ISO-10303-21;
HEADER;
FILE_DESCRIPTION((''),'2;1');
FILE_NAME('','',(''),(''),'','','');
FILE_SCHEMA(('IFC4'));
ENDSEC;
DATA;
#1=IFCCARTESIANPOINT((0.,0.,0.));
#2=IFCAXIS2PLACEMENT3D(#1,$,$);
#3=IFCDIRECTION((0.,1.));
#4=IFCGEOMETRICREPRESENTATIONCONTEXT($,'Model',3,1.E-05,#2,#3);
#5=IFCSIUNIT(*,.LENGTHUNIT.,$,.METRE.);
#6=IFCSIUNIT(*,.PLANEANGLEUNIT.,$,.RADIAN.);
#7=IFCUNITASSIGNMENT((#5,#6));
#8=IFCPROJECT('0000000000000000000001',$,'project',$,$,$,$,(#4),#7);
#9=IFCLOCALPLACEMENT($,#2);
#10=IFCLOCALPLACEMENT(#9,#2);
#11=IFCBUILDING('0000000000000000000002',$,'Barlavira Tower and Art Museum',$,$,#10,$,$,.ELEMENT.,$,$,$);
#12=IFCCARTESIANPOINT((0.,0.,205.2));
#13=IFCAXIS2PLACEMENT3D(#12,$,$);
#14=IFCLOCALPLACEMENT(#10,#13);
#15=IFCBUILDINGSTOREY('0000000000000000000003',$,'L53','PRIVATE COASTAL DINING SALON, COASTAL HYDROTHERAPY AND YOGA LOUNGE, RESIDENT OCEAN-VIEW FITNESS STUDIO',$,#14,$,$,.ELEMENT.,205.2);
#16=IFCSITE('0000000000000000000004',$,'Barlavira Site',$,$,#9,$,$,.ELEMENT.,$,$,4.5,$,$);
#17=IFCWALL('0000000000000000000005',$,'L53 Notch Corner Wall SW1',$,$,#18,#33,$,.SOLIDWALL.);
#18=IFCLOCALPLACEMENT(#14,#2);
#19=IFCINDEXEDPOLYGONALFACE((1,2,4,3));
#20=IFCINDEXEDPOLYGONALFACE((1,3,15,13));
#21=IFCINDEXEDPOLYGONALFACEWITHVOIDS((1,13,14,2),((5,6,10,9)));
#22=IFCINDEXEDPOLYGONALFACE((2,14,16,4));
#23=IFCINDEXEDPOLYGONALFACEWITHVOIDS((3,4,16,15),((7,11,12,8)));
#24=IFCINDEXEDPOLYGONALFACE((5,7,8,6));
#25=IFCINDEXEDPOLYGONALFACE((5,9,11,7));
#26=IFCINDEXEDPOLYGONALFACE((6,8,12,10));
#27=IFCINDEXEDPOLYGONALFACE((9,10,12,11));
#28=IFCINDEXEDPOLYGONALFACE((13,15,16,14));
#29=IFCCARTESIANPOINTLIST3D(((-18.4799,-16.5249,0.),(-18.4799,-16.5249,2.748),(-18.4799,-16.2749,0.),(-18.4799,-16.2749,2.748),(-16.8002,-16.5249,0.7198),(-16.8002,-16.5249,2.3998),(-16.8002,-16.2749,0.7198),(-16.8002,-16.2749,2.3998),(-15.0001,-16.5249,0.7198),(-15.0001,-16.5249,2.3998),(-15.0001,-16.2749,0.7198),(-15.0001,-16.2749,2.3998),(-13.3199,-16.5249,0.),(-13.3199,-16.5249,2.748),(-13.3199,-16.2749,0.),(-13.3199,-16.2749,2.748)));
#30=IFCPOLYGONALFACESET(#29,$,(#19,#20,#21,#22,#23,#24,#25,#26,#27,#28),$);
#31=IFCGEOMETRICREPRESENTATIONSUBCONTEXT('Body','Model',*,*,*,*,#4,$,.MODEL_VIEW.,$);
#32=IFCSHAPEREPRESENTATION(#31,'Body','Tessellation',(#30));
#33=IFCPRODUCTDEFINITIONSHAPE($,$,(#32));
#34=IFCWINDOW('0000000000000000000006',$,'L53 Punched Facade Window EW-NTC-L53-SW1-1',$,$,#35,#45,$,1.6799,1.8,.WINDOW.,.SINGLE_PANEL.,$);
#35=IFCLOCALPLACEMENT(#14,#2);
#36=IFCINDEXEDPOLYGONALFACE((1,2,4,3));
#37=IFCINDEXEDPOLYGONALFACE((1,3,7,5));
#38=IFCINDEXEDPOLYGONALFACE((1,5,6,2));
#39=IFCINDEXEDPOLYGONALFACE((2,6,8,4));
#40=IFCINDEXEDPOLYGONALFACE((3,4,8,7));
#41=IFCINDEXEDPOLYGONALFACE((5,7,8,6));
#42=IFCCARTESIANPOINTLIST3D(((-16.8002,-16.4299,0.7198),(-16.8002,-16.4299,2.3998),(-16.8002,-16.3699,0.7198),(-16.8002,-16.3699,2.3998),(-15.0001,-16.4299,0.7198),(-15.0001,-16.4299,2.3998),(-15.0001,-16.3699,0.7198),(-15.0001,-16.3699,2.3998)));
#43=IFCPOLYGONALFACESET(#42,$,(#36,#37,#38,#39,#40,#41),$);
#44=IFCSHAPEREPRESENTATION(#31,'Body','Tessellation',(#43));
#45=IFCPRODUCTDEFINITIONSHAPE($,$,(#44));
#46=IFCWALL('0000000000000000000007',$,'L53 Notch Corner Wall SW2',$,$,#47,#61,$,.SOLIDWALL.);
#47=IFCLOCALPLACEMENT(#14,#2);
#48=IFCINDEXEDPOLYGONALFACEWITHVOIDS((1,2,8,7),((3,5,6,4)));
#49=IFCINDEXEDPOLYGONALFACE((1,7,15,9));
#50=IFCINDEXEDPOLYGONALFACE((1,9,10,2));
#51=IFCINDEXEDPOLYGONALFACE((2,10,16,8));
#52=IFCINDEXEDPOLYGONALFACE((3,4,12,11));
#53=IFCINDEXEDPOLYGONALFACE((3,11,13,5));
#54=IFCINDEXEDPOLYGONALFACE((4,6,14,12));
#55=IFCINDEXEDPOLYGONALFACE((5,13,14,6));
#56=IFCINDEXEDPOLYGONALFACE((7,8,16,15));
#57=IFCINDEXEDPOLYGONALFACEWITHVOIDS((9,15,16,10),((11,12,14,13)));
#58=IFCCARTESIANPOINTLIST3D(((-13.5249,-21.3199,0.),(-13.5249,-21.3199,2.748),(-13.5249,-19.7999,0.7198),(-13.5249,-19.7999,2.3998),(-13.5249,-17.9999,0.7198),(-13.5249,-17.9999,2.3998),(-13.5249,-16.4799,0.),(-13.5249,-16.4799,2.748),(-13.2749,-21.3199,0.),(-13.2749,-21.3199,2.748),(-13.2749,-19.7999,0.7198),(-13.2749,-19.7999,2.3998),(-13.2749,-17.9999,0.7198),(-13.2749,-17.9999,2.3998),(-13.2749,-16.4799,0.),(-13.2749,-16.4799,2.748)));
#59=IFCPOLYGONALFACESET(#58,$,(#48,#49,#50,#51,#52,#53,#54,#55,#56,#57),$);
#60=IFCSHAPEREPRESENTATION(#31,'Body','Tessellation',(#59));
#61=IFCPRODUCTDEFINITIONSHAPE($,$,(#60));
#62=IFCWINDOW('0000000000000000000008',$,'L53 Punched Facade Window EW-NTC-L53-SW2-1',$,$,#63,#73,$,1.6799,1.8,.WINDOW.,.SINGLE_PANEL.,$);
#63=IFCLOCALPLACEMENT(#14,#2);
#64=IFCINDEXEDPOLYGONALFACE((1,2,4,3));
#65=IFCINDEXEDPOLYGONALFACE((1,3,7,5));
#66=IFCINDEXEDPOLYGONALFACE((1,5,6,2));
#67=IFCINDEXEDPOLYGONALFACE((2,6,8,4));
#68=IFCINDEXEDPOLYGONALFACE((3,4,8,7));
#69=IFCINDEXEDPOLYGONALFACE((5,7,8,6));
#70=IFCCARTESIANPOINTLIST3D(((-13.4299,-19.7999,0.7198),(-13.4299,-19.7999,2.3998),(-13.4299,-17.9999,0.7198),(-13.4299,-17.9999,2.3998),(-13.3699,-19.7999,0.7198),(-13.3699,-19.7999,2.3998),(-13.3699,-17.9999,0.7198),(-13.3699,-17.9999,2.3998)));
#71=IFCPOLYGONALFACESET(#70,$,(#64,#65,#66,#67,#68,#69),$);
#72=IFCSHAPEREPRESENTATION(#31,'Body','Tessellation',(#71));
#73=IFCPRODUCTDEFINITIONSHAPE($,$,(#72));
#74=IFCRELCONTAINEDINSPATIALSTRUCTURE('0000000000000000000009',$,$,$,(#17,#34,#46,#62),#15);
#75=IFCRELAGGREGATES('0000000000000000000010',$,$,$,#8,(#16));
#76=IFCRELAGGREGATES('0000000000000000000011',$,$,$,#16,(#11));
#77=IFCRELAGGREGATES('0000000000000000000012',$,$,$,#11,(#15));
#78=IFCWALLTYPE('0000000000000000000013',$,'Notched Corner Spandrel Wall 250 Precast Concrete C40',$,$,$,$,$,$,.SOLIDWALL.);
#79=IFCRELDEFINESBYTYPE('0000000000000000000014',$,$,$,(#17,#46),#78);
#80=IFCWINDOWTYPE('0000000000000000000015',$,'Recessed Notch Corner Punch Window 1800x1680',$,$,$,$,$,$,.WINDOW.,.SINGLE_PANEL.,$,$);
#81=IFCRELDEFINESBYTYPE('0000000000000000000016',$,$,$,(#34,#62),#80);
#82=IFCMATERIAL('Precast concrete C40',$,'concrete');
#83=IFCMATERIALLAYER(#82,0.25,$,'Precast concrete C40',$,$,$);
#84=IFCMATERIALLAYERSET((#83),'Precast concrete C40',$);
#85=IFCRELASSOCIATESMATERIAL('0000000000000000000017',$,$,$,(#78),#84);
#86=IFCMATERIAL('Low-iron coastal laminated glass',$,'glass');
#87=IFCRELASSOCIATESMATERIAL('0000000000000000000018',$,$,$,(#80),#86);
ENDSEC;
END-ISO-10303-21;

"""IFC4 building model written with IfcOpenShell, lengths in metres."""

from ifc_helpers import new_model, si_unit, direction, frame, frame_2d, origin, place, context, subcontext, project, spatial, rectangle, extrude, material, layer, layer_set, type_object, element, fill, save


model = new_model("IFC4")

# Units and contexts
model_context = context("Model", 3, precision=1e-05, world=origin(), true_north=direction((0.0, 1.0)))
body_context = subcontext(model_context, "Body", "Model", "MODEL_VIEW")
ifc_project = project(units=[si_unit("LENGTHUNIT", "METRE"), si_unit("PLANEANGLEUNIT", "RADIAN")], contexts=[model_context])

# Site, building, storey
site_placement = place(None, origin())
site = spatial("IfcSite", under=ifc_project, at=site_placement, Name="Barlavira Site", CompositionType="ELEMENT", RefElevation=4.5)
building_placement = place(site_placement, origin())
building = spatial("IfcBuilding", under=site, at=building_placement, Name="Barlavira Tower and Art Museum", CompositionType="ELEMENT")
storey_placement = place(building_placement, frame((0.0, 0.0, 205.2)))
storey = spatial("IfcBuildingStorey", under=building, at=storey_placement, Name="L53", Description="PRIVATE COASTAL DINING SALON, COASTAL HYDROTHERAPY AND YOGA LOUNGE, RESIDENT OCEAN-VIEW FITNESS STUDIO", CompositionType="ELEMENT", Elevation=205.2)

# Shared definitions
ifc_material_1 = material(Name="Precast concrete C40", Category="concrete")
ifc_layer_1 = layer(ifc_material_1, 0.25, Name="Precast concrete C40")
ifc_layer_set_1 = layer_set([ifc_layer_1], Name="Precast concrete C40")
wall_type_1 = type_object("IfcWallType", Name="Notched Corner Spandrel Wall 250 Precast Concrete C40", PredefinedType="SOLIDWALL", material=ifc_layer_set_1)
ifc_material_2 = material(Name="Low-iron coastal laminated glass", Category="glass")

# Shared definitions
window_type_1 = type_object("IfcWindowType", Name="Recessed Notch Corner Punch Window 1800x1680", PartitioningType="SINGLE_PANEL", PredefinedType="WINDOW", material=ifc_material_2)

# Walls, openings, windows
wall_1_placement = place(storey_placement, frame((-18.48, -16.3999, 0.0), z_axis=(0.0, 0.0, 1.0), x_axis=(1.0, 0.0, 0.0)))
wall_1 = element("IfcWall", 1, at=wall_1_placement, inside=storey, type_object=wall_type_1, Name="L53 Notch Corner Wall SW1", PredefinedType="SOLIDWALL", context=body_context, shape_type="SweptSolid", body=[
    extrude(rectangle(XDim=5.1599, YDim=0.25, at=frame_2d((2.5801, 0.0))), origin(), (0.0, 0.0, 1.0), 2.748),
])
opening_1_placement = place(wall_1_placement, frame((1.6799, 0.0, 0.72)))
opening_1 = element("IfcOpeningElement", 2, at=opening_1_placement, cuts=wall_1, PredefinedType="OPENING", context=body_context, shape_type="SweptSolid", body=[
    extrude(rectangle(XDim=1.8, YDim=1.6799, at=frame_2d((0.8999, 0.8398))), frame((0.0, 0.135, 0.0), z_axis=(0.0, -1.0, 0.0), x_axis=(1.0, 0.0, 0.0)), (0.0, 0.0, 1.0), 0.27),
])
window_1_placement = place(opening_1_placement, origin())
window_1 = element("IfcWindow", 3, at=window_1_placement, inside=storey, type_object=window_type_1, Name="L53 Punched Facade Window EW-NTC-L53-SW1-1", OverallHeight=1.6799, OverallWidth=1.8, PartitioningType="SINGLE_PANEL", PredefinedType="WINDOW", context=body_context, shape_type="SweptSolid", body=[
    extrude(rectangle(XDim=1.8, YDim=1.6799, at=frame_2d((0.8999, 0.8398))), frame((0.0, 0.03, 0.0), z_axis=(0.0, -1.0, 0.0), x_axis=(1.0, 0.0, 0.0)), (0.0, 0.0, 1.0), 0.0601),
])
fill(opening_1, window_1)
wall_2_placement = place(storey_placement, frame((-13.3999, -16.48, 0.0), z_axis=(0.0, 0.0, 1.0), x_axis=(0.0, -1.0, 0.0)))
wall_2 = element("IfcWall", 4, at=wall_2_placement, inside=storey, type_object=wall_type_1, Name="L53 Notch Corner Wall SW2", PredefinedType="SOLIDWALL", context=body_context, shape_type="SweptSolid", body=[
    extrude(rectangle(XDim=4.8401, YDim=0.25, at=frame_2d((2.4199, 0.0))), origin(), (0.0, 0.0, 1.0), 2.748),
])
opening_2_placement = place(wall_2_placement, frame((1.52, 0.0, 0.72)))
opening_2 = element("IfcOpeningElement", 5, at=opening_2_placement, cuts=wall_2, PredefinedType="OPENING", context=body_context, shape_type="SweptSolid", body=[
    extrude(rectangle(XDim=1.8, YDim=1.6799, at=frame_2d((0.8999, 0.8398))), frame((0.0, 0.135, 0.0), z_axis=(0.0, -1.0, 0.0), x_axis=(1.0, 0.0, 0.0)), (0.0, 0.0, 1.0), 0.27),
])
window_2_placement = place(opening_2_placement, origin())
window_2 = element("IfcWindow", 6, at=window_2_placement, inside=storey, type_object=window_type_1, Name="L53 Punched Facade Window EW-NTC-L53-SW2-1", OverallHeight=1.6799, OverallWidth=1.8, PartitioningType="SINGLE_PANEL", PredefinedType="WINDOW", context=body_context, shape_type="SweptSolid", body=[
    extrude(rectangle(XDim=1.8, YDim=1.6799, at=frame_2d((0.8999, 0.8398))), frame((0.0, 0.03, 0.0), z_axis=(0.0, -1.0, 0.0), x_axis=(1.0, 0.0, 0.0)), (0.0, 0.0, 1.0), 0.0601),
])
fill(opening_2, window_2)

save(model, "model.ifc")
